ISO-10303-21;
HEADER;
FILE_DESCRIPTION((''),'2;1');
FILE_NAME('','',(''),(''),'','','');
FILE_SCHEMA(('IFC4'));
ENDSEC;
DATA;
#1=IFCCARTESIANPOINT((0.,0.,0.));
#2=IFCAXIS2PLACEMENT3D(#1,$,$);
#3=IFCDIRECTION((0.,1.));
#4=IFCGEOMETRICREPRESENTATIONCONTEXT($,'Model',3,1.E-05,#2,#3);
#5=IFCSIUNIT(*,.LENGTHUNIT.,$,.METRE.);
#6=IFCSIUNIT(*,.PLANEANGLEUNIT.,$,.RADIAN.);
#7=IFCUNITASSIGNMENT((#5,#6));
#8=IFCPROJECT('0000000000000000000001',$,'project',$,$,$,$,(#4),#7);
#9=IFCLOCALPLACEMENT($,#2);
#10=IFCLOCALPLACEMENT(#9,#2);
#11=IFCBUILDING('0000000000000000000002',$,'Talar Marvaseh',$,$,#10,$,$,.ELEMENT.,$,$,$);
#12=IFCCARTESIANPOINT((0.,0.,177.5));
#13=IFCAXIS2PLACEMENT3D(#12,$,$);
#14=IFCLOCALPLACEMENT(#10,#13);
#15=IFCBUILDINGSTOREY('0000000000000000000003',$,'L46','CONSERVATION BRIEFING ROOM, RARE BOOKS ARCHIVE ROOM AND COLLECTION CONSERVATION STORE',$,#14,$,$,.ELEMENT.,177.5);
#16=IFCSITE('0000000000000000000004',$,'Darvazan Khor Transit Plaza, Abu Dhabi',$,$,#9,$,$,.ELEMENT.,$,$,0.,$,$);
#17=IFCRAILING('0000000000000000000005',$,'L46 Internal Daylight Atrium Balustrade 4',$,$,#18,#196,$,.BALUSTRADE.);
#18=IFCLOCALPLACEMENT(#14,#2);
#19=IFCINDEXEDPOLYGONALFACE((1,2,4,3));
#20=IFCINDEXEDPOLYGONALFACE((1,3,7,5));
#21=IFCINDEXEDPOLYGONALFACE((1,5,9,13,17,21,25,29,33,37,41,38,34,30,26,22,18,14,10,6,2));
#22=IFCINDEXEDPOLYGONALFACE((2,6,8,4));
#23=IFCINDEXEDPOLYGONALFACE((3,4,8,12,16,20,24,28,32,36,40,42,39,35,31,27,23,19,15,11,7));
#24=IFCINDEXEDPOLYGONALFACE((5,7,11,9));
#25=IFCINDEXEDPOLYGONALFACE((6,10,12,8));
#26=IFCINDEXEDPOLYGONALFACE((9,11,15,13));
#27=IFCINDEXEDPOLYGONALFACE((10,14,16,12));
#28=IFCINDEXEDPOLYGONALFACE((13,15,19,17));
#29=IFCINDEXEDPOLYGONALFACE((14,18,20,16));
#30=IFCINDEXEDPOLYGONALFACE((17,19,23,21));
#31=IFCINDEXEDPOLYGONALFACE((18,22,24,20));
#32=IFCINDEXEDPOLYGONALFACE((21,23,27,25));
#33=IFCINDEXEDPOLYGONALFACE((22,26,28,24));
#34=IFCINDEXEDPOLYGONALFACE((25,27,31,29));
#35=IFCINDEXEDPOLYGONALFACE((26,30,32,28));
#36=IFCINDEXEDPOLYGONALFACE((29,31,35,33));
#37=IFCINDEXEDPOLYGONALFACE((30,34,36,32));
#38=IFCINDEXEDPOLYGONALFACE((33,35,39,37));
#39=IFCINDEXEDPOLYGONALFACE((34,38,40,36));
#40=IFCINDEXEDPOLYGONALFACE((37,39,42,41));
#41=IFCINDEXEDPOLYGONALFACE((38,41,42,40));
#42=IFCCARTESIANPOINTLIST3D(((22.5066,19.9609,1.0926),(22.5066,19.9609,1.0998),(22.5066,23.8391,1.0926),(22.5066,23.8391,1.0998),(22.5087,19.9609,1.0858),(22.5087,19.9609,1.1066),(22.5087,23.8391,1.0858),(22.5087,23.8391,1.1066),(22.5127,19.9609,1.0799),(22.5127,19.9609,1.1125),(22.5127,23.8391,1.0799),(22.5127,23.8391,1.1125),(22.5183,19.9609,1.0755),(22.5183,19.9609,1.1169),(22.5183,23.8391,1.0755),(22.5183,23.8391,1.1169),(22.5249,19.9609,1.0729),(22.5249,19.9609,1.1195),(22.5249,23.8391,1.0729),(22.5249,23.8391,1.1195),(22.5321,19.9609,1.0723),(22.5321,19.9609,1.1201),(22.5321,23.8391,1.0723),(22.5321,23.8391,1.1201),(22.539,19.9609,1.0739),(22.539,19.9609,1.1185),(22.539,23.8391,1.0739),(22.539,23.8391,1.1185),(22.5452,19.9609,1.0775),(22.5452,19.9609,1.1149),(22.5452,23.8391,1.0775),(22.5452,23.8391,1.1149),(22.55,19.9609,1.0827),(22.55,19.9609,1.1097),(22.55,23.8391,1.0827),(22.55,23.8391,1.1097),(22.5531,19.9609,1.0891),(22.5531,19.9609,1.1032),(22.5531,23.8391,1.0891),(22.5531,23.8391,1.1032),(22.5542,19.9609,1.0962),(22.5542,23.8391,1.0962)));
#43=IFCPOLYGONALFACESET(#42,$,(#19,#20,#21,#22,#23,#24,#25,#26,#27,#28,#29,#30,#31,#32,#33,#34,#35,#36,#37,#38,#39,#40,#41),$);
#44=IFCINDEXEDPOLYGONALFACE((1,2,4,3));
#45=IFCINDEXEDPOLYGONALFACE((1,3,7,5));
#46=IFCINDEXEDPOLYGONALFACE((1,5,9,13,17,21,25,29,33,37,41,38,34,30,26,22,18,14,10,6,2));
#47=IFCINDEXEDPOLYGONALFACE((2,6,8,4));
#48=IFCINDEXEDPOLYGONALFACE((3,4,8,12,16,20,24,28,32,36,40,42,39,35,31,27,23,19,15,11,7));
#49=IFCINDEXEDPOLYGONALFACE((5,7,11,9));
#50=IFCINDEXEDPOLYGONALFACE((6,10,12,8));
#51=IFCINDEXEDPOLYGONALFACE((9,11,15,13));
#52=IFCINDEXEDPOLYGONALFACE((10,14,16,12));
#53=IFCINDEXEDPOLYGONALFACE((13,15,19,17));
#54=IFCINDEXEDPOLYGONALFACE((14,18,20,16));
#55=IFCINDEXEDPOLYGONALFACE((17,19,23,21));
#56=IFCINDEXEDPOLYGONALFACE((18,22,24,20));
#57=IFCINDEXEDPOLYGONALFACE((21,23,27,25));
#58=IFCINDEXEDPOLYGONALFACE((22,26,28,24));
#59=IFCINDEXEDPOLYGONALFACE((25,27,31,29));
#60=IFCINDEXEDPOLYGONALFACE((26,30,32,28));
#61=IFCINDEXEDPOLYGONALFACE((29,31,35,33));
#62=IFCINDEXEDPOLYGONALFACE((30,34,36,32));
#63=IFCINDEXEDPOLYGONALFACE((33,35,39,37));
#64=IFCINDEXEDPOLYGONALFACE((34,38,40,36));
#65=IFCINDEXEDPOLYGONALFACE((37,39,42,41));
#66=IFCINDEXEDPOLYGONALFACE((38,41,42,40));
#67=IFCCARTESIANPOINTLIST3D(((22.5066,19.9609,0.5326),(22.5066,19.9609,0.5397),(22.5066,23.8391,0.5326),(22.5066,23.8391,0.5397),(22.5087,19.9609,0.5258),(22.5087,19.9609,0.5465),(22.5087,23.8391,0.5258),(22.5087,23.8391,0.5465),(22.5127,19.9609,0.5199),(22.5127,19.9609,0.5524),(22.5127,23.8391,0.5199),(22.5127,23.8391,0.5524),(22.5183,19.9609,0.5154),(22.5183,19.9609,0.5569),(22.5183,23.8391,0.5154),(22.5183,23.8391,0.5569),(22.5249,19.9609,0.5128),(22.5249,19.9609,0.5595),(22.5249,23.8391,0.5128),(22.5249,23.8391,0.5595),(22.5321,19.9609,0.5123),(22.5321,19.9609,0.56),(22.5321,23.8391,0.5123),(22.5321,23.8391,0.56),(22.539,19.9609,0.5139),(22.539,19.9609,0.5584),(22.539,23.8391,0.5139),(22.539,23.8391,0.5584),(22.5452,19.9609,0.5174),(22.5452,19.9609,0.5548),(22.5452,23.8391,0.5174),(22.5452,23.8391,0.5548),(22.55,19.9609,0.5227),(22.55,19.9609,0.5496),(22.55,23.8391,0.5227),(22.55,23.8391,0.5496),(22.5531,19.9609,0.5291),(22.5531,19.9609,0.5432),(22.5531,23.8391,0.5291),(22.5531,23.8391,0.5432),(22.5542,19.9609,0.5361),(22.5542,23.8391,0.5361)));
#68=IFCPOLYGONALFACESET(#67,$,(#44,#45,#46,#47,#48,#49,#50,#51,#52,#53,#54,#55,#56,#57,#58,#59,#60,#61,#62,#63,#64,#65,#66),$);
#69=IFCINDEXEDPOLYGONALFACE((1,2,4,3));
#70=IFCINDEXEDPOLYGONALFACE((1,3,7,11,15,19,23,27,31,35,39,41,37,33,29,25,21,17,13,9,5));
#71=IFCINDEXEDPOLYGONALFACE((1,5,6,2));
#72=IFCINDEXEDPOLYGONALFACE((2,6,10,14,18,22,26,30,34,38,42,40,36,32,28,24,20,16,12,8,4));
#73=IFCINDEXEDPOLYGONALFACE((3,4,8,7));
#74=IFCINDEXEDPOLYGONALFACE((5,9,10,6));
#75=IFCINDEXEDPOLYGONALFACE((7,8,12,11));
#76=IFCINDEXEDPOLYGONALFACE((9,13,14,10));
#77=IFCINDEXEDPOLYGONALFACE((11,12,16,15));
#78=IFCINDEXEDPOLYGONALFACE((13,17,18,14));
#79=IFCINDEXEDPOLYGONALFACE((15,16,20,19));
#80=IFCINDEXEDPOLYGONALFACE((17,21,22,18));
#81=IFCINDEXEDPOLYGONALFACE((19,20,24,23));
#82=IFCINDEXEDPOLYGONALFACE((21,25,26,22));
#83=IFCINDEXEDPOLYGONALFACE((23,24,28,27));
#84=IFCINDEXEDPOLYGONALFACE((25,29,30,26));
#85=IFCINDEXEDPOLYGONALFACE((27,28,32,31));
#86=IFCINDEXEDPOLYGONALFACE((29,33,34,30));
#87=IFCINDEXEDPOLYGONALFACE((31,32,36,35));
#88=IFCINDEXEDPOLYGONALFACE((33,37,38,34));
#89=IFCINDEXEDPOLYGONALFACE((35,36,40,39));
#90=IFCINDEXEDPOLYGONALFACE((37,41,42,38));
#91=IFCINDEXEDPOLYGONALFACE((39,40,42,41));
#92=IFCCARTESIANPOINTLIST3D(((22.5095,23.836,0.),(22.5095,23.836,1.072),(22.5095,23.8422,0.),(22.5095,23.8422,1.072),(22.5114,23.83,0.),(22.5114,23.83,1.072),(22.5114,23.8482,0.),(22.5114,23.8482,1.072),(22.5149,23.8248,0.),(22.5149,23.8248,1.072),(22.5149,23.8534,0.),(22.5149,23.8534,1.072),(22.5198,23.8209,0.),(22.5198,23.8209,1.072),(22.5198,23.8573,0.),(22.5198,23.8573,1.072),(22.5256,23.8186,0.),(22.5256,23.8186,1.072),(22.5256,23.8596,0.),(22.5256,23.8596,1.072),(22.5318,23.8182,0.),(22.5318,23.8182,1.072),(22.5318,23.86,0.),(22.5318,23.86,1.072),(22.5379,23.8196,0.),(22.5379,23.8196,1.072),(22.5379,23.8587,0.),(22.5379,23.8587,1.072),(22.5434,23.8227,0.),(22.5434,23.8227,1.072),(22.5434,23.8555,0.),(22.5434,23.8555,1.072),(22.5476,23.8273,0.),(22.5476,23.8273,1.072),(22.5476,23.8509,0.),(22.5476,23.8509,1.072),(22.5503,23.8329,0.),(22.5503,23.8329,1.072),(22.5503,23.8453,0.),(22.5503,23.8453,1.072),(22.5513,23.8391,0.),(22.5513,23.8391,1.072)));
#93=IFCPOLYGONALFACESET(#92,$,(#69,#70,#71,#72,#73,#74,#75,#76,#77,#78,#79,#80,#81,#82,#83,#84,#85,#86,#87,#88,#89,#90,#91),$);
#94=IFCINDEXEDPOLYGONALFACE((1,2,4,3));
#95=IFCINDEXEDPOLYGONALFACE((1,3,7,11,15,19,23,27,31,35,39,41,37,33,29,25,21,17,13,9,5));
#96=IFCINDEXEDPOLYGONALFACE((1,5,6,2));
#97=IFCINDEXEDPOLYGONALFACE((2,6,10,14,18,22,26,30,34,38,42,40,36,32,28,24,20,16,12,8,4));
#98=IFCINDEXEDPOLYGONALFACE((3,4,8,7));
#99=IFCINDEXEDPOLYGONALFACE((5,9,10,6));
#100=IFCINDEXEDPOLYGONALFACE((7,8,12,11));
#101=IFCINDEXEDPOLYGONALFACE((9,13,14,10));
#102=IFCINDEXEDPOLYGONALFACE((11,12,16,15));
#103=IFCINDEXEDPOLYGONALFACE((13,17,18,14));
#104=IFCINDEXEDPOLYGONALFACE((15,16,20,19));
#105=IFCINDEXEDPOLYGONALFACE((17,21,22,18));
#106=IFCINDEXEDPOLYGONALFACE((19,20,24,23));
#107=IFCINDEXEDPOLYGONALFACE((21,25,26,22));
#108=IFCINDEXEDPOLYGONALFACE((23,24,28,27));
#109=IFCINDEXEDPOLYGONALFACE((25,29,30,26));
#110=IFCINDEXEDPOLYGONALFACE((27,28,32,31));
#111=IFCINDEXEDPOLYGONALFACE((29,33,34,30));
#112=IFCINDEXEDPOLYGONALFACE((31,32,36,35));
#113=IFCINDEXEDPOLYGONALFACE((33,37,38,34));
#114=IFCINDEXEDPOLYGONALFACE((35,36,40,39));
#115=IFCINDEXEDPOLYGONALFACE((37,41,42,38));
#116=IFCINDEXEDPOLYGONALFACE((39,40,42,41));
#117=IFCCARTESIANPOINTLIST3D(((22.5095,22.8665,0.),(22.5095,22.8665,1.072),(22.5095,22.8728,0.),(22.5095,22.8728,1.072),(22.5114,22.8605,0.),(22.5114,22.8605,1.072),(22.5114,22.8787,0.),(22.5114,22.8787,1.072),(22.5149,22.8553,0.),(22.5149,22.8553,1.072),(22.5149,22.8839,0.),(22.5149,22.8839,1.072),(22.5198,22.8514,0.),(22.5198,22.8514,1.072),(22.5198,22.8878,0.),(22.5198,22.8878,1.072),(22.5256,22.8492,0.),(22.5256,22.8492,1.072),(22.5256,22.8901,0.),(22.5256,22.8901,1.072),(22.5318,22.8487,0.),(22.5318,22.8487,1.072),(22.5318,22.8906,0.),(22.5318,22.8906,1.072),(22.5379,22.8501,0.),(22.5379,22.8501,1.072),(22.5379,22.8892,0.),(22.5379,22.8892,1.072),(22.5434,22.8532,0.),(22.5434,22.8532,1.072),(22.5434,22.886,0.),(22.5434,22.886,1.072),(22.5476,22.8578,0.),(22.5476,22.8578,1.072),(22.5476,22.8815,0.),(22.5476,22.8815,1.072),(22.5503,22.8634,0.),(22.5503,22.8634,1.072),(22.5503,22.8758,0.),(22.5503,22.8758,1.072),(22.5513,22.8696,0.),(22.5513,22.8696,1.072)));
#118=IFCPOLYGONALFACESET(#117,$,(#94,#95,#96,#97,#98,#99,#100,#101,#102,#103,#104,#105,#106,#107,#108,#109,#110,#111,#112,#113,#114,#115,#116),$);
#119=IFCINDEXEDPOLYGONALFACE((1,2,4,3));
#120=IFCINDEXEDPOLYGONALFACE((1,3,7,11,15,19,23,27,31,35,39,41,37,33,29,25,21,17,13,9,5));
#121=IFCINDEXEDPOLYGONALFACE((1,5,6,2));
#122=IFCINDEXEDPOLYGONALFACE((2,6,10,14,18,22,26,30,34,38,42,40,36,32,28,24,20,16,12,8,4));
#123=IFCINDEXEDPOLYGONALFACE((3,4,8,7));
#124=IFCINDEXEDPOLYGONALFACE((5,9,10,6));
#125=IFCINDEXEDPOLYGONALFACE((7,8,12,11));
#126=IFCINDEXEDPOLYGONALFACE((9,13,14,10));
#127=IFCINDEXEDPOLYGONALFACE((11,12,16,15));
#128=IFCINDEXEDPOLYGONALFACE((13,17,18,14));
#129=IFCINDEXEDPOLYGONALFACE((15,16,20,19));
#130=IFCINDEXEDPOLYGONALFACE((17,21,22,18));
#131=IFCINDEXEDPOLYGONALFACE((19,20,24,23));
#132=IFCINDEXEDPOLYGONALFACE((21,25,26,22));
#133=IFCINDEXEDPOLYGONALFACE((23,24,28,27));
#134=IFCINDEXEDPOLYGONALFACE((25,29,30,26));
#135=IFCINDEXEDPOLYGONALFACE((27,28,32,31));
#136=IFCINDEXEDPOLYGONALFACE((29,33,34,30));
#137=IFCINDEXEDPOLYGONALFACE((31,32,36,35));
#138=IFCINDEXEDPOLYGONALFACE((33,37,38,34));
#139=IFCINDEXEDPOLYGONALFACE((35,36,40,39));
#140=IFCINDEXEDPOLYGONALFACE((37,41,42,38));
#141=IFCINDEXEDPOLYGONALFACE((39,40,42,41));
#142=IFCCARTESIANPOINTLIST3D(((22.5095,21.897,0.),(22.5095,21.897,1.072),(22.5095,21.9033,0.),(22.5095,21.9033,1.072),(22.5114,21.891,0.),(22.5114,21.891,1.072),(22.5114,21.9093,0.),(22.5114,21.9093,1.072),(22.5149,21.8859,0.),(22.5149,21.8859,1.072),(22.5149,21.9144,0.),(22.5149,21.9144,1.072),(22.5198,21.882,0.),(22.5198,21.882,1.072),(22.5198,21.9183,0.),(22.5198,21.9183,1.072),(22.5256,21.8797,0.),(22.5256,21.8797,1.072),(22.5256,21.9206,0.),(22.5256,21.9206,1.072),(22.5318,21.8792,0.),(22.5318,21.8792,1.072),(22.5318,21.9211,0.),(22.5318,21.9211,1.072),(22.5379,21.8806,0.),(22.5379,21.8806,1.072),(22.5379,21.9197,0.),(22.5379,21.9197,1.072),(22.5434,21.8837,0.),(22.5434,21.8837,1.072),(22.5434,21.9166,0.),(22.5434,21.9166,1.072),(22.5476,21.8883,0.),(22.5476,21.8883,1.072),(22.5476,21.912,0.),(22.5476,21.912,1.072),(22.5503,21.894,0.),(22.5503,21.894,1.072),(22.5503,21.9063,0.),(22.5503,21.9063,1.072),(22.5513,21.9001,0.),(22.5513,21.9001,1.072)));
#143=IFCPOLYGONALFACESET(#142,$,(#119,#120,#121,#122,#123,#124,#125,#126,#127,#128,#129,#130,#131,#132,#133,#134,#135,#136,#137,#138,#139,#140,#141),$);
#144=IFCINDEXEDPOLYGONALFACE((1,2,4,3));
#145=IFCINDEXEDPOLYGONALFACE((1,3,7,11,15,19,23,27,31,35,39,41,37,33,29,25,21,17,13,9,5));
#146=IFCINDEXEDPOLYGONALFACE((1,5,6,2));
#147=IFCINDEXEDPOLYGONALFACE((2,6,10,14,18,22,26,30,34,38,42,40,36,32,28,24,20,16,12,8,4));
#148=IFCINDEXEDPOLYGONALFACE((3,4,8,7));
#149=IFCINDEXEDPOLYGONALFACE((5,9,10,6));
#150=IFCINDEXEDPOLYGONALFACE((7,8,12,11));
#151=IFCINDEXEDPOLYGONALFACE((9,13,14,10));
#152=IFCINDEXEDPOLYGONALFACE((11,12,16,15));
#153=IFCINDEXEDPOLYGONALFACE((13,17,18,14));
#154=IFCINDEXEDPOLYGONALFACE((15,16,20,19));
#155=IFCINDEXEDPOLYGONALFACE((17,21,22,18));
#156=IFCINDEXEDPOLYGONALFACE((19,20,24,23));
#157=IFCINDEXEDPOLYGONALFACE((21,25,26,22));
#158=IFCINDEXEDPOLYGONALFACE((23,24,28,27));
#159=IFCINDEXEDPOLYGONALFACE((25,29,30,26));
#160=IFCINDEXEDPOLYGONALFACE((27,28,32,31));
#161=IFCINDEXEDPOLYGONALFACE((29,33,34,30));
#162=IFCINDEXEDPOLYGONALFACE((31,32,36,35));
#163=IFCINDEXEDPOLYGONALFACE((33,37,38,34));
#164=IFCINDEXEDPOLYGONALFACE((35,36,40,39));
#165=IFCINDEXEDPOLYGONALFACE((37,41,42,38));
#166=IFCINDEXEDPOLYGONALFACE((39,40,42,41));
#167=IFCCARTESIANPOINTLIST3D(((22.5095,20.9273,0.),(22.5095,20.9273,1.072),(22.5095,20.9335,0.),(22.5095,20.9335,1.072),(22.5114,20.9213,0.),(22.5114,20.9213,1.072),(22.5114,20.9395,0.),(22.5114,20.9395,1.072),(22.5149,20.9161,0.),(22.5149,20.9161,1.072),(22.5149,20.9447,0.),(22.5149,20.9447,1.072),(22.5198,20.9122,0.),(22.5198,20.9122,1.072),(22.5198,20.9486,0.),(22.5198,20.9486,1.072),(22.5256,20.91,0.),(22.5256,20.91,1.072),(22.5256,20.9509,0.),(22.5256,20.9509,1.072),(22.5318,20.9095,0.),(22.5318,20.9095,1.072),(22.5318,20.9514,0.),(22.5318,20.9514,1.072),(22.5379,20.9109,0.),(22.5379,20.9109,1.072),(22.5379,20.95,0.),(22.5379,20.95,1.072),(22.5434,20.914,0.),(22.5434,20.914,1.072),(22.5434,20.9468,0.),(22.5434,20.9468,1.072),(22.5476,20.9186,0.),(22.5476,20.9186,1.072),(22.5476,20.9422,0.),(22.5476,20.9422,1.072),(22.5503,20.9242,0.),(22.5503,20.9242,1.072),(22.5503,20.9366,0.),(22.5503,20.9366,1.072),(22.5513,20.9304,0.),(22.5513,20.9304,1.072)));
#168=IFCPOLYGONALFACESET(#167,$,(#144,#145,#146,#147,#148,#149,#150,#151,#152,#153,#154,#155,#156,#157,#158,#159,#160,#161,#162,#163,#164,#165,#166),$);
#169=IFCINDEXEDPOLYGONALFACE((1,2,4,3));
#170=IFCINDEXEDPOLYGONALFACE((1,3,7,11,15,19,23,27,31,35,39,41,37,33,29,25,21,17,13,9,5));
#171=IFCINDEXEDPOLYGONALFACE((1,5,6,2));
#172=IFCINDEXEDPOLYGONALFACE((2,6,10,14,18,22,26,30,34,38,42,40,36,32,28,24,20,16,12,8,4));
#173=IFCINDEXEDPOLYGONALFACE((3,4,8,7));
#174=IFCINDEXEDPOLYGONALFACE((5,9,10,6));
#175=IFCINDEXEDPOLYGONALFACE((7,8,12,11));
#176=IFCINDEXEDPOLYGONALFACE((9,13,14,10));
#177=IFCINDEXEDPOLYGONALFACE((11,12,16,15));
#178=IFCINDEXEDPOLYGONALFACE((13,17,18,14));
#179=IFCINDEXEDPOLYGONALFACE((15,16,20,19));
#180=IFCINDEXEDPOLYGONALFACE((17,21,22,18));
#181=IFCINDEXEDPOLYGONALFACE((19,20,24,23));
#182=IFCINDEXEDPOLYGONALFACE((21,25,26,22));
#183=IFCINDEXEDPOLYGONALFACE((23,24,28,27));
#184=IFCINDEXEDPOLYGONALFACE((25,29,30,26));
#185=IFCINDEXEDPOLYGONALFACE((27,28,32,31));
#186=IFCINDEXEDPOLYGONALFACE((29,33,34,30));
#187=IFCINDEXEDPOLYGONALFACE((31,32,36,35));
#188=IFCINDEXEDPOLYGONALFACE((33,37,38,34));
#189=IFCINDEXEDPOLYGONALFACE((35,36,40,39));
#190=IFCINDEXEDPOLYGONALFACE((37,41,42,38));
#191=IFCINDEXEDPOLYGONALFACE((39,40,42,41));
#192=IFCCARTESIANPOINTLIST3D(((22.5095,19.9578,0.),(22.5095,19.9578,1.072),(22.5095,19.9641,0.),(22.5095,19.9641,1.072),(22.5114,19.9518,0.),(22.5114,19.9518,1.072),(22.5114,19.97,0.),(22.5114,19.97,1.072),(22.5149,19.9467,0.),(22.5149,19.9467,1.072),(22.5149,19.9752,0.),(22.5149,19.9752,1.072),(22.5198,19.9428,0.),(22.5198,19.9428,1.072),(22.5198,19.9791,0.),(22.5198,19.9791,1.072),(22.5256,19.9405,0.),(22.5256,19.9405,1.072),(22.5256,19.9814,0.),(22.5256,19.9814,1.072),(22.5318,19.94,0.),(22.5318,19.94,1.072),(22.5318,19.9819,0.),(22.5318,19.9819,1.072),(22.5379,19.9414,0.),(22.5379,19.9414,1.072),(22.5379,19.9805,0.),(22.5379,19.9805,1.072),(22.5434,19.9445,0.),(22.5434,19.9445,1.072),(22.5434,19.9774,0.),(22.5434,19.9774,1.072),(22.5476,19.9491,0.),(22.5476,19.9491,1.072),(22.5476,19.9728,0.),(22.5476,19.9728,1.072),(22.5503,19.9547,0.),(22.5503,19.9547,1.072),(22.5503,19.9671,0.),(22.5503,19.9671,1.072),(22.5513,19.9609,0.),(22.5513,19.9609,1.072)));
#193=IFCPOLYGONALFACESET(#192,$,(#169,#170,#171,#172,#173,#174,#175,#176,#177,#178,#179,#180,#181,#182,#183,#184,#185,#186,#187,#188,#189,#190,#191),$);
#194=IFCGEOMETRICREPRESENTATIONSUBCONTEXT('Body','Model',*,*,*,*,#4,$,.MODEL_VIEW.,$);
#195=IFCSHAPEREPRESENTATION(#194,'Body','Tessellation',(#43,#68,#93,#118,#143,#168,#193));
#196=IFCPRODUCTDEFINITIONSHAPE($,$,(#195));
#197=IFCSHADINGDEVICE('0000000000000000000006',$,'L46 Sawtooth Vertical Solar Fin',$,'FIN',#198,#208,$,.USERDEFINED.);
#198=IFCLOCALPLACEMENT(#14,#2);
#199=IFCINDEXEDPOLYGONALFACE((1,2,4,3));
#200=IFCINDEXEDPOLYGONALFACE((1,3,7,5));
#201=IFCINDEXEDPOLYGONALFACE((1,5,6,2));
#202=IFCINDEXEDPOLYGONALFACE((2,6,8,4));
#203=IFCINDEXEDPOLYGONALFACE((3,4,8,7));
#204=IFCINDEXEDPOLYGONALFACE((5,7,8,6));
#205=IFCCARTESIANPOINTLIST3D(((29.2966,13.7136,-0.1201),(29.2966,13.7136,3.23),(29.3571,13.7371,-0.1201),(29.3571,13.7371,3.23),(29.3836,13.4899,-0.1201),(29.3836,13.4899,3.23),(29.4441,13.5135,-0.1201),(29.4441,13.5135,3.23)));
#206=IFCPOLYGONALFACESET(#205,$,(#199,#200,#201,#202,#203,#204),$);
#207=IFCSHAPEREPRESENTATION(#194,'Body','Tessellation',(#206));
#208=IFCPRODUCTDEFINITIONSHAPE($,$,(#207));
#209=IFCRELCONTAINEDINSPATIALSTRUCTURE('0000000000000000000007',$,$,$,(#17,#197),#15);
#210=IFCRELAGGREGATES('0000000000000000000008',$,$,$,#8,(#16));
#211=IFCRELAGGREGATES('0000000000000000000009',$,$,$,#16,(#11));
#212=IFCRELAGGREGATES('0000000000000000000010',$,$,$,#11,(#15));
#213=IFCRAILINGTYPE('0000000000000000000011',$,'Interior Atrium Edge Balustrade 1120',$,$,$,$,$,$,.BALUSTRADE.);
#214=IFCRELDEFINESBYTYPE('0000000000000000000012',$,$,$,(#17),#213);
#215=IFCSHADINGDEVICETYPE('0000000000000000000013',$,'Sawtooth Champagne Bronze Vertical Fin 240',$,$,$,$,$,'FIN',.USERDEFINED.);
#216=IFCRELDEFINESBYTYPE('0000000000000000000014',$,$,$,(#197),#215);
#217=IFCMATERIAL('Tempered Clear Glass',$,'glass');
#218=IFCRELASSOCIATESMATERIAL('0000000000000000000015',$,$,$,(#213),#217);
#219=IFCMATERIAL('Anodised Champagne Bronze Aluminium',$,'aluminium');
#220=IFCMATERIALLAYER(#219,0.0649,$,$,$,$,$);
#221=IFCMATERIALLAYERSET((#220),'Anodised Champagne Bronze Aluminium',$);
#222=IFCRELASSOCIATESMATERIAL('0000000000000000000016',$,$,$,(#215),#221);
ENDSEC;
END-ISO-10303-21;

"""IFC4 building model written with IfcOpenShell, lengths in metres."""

from ifc_helpers import new_model, si_unit, direction, frame, origin, origin_2d, place, context, subcontext, project, spatial, rectangle, circle, extrude, source, transform, mapped, material, layer, layer_set, type_object, type_shapes, element, save


model = new_model("IFC4")

# Units and contexts
model_context = context("Model", 3, precision=1e-05, world=origin(), true_north=direction((0.0, 1.0)))
body_context = subcontext(model_context, "Body", "Model", "MODEL_VIEW")
ifc_project = project(units=[si_unit("LENGTHUNIT", "METRE"), si_unit("PLANEANGLEUNIT", "RADIAN")], contexts=[model_context])

# Site, building, storey
site_placement = place(None, origin())
site = spatial("IfcSite", under=ifc_project, at=site_placement, Name="Darvazan Khor Transit Plaza, Abu Dhabi", CompositionType="ELEMENT", RefElevation=0.0)
building_placement = place(site_placement, origin())
building = spatial("IfcBuilding", under=site, at=building_placement, Name="Talar Marvaseh", CompositionType="ELEMENT")
storey_placement = place(building_placement, frame((0.0, 0.0, 177.5)))
storey = spatial("IfcBuildingStorey", under=building, at=storey_placement, Name="L46", Description="CONSERVATION BRIEFING ROOM, RARE BOOKS ARCHIVE ROOM AND COLLECTION CONSERVATION STORE", CompositionType="ELEMENT", Elevation=177.5)

# Railing
ifc_material_1 = material(Name="Tempered Clear Glass", Category="glass")
railing_type = type_object("IfcRailingType", Name="Interior Atrium Edge Balustrade 1120", PredefinedType="BALUSTRADE", material=ifc_material_1)
railing_1_placement = place(storey_placement, frame((22.5303, 23.8391, 0.0)))
element("IfcRailing", 1, at=railing_1_placement, inside=storey, type_object=railing_type, Name="L46 Internal Daylight Atrium Balustrade 4", PredefinedType="BALUSTRADE", context=body_context, shape_type="SweptSolid", body=[
    extrude(circle(Radius=0.0239, at=origin_2d()), frame((0.0, 0.0, 1.0962), z_axis=(0.0, -1.0, 0.0), x_axis=(1.0, 0.0, 0.0)), (0.0, 0.0, 1.0), 3.8782),
    extrude(circle(Radius=0.0239, at=origin_2d()), frame((0.0, 0.0, 0.5361), z_axis=(0.0, -1.0, 0.0), x_axis=(1.0, 0.0, 0.0)), (0.0, 0.0, 1.0), 3.8782),
    extrude(circle(Radius=0.021, at=origin_2d()), origin(), (0.0, 0.0, 1.0), 1.072),
    extrude(circle(Radius=0.021, at=origin_2d()), frame((0.0, -0.9695, 0.0)), (0.0, 0.0, 1.0), 1.072),
    extrude(circle(Radius=0.021, at=origin_2d()), frame((0.0, -1.939, 0.0)), (0.0, 0.0, 1.0), 1.072),
    extrude(circle(Radius=0.021, at=origin_2d()), frame((0.0, -2.9087, 0.0)), (0.0, 0.0, 1.0), 1.072),
    extrude(circle(Radius=0.021, at=origin_2d()), frame((0.0, -3.8782, 0.0)), (0.0, 0.0, 1.0), 1.072),
])

# Shading device
ifc_material_2 = material(Name="Anodised Champagne Bronze Aluminium", Category="aluminium")
ifc_layer_1 = layer(ifc_material_2, 0.0649)
ifc_layer_set_1 = layer_set([ifc_layer_1], Name="Anodised Champagne Bronze Aluminium")
shading_device_type = type_object("IfcShadingDeviceType", Name="Sawtooth Champagne Bronze Vertical Fin 240", ElementType="FIN", PredefinedType="USERDEFINED", material=ifc_layer_set_1)
shared_shape_1 = source(origin(), body_context, "Body", "SweptSolid", [
    extrude(rectangle(XDim=0.24, YDim=0.0649, at=origin_2d()), origin(), (0.0, 0.0, 1.0), 3.3501),
])
type_shapes(shading_device_type, [shared_shape_1])
for number, where, z_axis, x_axis, name in (
    (2, (29.3704, 13.6135, -0.1201), (0.0, 0.0, 1.0), (0.362601, -0.931945, 0.0), "L46 Sawtooth Vertical Solar Fin"),
):
    element("IfcShadingDevice", number, at=place(storey_placement, frame(where, z_axis=z_axis, x_axis=x_axis)), inside=storey, type_object=shading_device_type, Name=name, ObjectType="FIN", PredefinedType="USERDEFINED", context=body_context, shape_type="MappedRepresentation", body=[
        mapped(shared_shape_1, transform((0.0, 0.0, 0.0), x_axis=(1.0, 0.0, 0.0), y_axis=(0.0, 1.0, 0.0), z_axis=(0.0, 0.0, 1.0), scale=1.0)),
    ])

save(model, "model.ifc")
